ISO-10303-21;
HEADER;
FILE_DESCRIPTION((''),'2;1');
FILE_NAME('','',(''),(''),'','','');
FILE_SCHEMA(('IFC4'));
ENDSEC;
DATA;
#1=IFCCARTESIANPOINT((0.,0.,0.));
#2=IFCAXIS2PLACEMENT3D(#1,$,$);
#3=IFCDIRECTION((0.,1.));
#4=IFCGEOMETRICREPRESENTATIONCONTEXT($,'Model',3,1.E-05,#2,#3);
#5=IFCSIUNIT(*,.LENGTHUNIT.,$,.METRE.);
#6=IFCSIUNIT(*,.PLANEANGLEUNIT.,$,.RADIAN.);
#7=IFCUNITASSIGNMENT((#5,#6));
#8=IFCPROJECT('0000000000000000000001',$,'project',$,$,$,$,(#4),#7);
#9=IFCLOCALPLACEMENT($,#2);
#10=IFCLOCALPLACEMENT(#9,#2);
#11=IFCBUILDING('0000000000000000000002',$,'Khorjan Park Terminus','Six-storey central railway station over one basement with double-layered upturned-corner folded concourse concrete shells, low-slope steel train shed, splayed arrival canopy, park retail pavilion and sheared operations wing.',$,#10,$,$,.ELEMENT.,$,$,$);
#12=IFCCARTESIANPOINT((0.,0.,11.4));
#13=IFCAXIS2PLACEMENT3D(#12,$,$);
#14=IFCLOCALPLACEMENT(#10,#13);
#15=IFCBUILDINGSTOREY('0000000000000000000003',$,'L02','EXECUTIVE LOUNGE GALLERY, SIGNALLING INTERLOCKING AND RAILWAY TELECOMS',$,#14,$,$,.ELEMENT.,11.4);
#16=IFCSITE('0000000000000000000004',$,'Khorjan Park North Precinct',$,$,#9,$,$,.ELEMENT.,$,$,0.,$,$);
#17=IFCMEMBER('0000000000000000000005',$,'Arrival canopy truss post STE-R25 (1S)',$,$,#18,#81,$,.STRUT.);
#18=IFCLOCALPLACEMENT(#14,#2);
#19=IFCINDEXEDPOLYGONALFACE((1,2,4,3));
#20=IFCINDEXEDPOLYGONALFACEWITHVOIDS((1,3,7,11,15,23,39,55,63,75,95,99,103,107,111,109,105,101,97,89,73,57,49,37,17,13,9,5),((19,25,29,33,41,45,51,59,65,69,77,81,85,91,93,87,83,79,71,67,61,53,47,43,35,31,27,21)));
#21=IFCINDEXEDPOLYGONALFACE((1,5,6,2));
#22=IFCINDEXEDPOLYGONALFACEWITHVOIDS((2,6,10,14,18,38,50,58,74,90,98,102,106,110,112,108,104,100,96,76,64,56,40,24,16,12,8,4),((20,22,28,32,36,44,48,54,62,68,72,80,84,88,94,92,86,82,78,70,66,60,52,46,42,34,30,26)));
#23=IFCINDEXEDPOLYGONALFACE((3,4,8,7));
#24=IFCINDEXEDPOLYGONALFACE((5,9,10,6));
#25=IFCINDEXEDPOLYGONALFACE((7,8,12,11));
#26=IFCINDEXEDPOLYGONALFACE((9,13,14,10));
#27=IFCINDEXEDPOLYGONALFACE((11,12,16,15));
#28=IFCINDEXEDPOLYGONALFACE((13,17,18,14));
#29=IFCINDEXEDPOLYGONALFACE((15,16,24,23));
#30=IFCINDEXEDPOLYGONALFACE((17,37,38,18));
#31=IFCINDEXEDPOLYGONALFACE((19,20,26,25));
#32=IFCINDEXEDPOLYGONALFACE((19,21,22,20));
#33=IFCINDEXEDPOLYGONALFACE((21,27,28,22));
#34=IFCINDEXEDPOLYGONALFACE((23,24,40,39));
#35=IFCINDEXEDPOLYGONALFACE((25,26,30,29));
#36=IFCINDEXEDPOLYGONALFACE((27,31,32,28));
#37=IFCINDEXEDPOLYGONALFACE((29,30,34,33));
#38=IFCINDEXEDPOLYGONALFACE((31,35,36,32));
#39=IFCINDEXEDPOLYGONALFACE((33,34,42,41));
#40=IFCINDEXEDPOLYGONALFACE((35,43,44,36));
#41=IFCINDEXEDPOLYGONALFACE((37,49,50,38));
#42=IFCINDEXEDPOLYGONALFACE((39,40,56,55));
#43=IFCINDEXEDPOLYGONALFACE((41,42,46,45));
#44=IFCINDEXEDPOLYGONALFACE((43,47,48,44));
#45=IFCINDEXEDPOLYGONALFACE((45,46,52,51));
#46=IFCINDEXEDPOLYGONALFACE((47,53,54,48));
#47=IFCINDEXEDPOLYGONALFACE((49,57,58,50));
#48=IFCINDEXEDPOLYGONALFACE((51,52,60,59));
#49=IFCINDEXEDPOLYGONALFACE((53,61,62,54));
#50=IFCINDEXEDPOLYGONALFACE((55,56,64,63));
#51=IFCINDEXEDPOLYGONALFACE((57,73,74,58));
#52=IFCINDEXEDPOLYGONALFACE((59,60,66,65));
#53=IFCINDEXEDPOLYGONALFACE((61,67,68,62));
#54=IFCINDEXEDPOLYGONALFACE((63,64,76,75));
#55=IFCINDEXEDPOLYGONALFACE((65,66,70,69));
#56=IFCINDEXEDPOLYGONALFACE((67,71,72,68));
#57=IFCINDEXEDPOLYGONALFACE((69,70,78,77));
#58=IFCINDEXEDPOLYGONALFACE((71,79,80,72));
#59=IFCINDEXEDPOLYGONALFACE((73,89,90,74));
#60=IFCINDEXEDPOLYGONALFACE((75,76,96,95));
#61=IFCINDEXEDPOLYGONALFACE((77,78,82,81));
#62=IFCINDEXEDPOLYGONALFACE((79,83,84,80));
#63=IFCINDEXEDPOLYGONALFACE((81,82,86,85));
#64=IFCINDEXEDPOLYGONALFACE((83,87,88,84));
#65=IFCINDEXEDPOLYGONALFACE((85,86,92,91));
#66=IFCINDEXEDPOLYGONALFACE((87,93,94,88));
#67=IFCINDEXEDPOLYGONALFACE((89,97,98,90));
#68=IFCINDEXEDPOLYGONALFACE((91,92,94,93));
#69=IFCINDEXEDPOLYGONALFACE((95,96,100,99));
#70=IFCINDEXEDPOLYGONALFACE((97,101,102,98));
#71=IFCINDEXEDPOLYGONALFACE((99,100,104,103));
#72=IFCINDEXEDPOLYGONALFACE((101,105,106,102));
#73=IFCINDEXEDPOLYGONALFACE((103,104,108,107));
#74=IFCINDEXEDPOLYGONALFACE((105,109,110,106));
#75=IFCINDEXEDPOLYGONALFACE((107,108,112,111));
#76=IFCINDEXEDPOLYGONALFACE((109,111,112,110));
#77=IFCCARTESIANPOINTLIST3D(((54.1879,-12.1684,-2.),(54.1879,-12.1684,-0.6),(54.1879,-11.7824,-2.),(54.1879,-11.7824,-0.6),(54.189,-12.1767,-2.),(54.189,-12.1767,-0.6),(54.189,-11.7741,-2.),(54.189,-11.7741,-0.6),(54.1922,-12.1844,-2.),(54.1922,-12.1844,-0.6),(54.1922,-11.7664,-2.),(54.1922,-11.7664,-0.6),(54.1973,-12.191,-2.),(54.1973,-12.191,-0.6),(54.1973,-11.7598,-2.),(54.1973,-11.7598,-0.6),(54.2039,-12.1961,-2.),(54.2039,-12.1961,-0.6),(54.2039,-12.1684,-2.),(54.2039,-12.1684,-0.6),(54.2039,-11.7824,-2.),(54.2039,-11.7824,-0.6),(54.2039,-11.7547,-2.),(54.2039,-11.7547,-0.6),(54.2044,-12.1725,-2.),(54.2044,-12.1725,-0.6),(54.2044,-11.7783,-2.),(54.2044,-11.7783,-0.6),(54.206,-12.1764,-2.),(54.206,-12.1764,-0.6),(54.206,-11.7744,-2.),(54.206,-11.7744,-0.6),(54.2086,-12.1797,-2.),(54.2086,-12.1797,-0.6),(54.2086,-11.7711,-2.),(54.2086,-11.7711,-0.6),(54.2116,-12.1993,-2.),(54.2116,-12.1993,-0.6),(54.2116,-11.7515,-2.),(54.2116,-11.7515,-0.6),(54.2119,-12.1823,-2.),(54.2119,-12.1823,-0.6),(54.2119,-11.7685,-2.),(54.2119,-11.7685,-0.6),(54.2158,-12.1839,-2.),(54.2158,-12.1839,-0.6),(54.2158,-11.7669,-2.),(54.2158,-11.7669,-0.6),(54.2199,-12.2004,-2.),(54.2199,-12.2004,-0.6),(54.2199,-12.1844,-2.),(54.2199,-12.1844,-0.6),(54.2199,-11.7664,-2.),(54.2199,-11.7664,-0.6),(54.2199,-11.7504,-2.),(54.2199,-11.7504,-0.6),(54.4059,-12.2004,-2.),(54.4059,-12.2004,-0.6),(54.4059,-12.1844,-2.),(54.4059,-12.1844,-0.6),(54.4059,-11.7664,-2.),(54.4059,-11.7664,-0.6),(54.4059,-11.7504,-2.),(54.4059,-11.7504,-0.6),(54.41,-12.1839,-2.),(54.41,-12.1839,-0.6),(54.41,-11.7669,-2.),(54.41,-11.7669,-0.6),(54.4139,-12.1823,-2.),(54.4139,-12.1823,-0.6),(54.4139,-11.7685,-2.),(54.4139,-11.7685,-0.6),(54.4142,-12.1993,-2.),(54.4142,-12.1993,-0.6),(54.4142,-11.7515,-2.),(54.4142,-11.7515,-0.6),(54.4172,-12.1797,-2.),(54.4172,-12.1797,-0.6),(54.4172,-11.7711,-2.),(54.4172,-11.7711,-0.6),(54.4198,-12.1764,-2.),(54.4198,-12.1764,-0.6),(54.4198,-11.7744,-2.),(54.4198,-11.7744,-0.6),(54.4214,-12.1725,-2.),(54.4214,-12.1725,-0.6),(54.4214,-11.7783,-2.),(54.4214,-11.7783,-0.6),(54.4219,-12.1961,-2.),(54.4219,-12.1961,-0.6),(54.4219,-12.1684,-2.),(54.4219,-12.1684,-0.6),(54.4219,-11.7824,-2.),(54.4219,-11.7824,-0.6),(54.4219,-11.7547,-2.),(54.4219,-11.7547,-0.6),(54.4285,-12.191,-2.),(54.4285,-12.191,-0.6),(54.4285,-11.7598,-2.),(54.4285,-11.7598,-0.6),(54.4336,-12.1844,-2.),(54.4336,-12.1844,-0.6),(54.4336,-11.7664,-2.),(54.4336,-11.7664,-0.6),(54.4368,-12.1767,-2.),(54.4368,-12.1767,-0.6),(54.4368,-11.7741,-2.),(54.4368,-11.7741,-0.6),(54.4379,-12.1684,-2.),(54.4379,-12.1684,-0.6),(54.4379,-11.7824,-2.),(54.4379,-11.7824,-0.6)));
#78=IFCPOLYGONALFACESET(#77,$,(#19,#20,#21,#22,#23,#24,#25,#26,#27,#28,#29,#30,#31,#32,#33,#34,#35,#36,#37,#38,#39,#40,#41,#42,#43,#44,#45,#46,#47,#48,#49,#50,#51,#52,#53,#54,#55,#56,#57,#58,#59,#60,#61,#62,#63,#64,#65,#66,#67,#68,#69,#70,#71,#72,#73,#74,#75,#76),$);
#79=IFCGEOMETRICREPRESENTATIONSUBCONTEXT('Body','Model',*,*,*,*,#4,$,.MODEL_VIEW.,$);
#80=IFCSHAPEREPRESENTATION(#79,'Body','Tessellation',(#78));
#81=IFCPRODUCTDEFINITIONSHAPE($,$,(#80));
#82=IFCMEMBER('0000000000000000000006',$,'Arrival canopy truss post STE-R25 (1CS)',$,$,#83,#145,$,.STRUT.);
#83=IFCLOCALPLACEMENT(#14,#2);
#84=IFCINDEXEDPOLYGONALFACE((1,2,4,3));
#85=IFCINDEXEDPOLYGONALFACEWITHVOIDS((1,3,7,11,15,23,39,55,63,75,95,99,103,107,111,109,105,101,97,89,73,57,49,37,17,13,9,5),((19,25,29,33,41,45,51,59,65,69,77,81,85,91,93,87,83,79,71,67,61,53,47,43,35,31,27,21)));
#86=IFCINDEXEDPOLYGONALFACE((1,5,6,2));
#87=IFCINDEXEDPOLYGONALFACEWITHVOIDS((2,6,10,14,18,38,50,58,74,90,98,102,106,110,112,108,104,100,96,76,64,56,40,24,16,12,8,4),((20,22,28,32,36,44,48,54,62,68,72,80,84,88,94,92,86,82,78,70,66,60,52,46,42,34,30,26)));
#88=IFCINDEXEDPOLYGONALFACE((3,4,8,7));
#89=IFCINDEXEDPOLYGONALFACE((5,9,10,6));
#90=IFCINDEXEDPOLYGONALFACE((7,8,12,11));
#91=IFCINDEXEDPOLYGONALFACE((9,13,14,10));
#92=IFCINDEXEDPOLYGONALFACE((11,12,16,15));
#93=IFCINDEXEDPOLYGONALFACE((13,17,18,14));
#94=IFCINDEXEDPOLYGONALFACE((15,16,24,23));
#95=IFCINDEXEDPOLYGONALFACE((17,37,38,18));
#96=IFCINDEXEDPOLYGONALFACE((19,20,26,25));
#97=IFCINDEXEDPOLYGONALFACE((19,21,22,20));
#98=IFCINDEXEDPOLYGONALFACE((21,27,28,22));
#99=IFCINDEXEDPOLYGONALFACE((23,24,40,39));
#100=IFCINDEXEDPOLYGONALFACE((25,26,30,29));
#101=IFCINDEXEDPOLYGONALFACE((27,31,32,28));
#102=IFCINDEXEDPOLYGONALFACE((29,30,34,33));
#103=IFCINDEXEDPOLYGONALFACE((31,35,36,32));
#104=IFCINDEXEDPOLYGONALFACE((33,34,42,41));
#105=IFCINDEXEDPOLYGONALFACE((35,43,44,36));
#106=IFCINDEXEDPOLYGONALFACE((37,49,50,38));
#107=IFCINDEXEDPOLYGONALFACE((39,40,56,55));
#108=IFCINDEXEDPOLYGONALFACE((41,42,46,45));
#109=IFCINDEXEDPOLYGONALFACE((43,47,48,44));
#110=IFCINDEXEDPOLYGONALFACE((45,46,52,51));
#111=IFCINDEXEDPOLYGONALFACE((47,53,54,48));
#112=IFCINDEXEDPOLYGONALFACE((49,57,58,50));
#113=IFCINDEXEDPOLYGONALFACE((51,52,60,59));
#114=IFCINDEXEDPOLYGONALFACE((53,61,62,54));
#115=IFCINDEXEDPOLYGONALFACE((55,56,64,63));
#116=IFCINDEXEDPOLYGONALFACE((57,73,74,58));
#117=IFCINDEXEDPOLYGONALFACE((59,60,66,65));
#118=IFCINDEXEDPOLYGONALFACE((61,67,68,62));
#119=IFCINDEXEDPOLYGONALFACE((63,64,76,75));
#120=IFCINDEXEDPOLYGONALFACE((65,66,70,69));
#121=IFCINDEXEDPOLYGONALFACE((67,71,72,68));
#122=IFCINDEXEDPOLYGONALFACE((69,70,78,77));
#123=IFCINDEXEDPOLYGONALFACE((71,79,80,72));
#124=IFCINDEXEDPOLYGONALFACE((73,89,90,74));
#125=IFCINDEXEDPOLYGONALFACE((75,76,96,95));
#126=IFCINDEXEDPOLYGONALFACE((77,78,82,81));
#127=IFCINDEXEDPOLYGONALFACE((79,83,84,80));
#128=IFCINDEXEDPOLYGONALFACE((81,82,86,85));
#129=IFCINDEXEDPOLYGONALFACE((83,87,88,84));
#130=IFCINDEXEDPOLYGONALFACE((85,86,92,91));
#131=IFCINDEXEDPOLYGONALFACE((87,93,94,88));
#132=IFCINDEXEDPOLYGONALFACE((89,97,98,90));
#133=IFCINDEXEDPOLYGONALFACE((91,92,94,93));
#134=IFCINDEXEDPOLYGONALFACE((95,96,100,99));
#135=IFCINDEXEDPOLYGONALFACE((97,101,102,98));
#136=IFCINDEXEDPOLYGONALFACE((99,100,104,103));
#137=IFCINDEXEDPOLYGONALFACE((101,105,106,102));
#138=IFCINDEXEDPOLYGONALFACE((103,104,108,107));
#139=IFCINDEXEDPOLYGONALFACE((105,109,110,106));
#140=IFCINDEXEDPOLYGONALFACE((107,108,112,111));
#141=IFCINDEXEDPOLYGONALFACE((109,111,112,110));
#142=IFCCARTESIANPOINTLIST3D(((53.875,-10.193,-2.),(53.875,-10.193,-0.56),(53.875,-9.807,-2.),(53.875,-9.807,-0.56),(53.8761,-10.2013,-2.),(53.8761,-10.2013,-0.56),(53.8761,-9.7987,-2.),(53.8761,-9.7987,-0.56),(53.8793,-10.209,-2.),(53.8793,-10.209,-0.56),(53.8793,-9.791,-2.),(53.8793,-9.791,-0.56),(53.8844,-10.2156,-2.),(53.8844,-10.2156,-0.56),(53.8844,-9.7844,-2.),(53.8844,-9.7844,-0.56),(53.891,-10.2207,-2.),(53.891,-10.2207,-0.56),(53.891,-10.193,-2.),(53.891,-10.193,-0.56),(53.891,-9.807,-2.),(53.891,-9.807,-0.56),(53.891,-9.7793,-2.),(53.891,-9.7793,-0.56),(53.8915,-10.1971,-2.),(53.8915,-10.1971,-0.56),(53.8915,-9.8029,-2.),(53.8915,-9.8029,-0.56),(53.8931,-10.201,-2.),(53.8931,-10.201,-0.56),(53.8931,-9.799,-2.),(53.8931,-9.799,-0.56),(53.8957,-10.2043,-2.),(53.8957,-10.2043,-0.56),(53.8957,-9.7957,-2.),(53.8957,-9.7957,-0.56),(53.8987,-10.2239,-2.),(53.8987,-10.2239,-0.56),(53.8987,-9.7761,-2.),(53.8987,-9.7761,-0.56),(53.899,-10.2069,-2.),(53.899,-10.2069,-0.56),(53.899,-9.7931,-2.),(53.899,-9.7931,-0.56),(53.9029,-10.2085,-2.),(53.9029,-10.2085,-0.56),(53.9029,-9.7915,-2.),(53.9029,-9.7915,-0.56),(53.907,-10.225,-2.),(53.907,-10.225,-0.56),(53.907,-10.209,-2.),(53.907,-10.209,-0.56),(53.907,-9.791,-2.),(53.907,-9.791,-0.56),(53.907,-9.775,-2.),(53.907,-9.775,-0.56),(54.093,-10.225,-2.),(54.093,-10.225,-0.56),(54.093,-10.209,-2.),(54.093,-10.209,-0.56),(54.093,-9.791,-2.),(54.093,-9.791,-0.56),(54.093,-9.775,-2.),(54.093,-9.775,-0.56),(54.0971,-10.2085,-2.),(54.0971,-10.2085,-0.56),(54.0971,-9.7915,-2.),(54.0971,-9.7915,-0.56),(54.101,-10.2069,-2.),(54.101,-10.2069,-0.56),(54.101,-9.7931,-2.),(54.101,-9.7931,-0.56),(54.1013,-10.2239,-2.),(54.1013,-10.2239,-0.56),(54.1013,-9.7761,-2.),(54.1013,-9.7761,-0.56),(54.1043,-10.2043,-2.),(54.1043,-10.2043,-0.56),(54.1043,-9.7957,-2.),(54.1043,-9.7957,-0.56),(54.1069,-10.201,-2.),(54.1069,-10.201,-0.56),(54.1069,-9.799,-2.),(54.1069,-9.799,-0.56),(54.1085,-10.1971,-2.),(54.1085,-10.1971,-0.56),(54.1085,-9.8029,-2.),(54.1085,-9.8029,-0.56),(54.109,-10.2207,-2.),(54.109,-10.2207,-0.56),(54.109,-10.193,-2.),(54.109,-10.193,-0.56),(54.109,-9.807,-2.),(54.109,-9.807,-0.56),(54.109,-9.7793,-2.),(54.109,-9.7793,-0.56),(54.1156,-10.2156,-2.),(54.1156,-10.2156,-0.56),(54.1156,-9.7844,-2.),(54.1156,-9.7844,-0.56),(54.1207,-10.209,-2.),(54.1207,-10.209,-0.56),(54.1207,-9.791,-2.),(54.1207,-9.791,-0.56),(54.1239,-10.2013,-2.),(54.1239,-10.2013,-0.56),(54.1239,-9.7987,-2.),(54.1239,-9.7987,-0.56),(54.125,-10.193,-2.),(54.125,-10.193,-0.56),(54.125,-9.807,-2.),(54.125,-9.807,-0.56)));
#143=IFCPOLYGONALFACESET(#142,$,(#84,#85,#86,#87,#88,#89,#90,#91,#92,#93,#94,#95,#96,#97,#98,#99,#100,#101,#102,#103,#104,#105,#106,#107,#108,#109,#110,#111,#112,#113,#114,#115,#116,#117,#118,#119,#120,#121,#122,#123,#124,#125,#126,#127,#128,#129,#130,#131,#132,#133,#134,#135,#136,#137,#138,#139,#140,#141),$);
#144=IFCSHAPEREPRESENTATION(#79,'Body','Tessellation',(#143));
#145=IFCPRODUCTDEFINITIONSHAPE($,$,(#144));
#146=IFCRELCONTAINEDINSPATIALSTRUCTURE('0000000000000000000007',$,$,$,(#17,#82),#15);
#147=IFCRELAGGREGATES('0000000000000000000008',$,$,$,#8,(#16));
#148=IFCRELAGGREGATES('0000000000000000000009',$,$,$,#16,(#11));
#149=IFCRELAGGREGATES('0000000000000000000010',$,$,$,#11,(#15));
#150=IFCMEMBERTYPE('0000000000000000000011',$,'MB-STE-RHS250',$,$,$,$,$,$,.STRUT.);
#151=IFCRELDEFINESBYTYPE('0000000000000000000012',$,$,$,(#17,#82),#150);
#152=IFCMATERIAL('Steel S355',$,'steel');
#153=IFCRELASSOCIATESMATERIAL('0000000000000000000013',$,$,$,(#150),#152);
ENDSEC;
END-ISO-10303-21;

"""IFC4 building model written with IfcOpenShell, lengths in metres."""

from ifc_helpers import new_model, si_unit, direction, frame, origin, origin_2d, place, context, subcontext, project, spatial, hollow_rectangle, extrude, material, material_profile, profile_set, type_object, element, save


model = new_model("IFC4")

# Units and contexts
model_context = context("Model", 3, precision=1e-05, world=origin(), true_north=direction((0.0, 1.0)))
body_context = subcontext(model_context, "Body", "Model", "MODEL_VIEW")
ifc_project = project(units=[si_unit("LENGTHUNIT", "METRE"), si_unit("PLANEANGLEUNIT", "RADIAN")], contexts=[model_context])

# Site, building, storey
site_placement = place(None, origin())
site = spatial("IfcSite", under=ifc_project, at=site_placement, Name="Khorjan Park North Precinct", CompositionType="ELEMENT", RefElevation=0.0)
building_placement = place(site_placement, origin())
building = spatial("IfcBuilding", under=site, at=building_placement, Name="Khorjan Park Terminus", Description="Six-storey central railway station over one basement with double-layered upturned-corner folded concourse concrete shells, low-slope steel train shed, splayed arrival canopy, park retail pavilion and sheared operations wing.", CompositionType="ELEMENT")
storey_placement = place(building_placement, frame((0.0, 0.0, 11.4)))
storey = spatial("IfcBuildingStorey", under=building, at=storey_placement, Name="L02", Description="EXECUTIVE LOUNGE GALLERY, SIGNALLING INTERLOCKING AND RAILWAY TELECOMS", CompositionType="ELEMENT", Elevation=11.4)

# Members
ifc_material_1 = material(Name="Steel S355", Category="steel")
ifc_material_profile_1 = material_profile(ifc_material_1, hollow_rectangle(XDim=0.25, YDim=0.45, WallThickness=0.016, InnerFilletRadius=0.016, OuterFilletRadius=0.032, at=origin_2d()), Name="RHS 450x250x16")
ifc_profile_set_1 = profile_set([ifc_material_profile_1], Name="Steel S355")
member_type_1 = type_object("IfcMemberType", Name="MB-STE-RHS250", PredefinedType="STRUT", material=ifc_profile_set_1)
member_1_placement = place(storey_placement, frame((54.3129, -11.9754, -2.0), z_axis=(0.0, 0.0, 1.0), x_axis=(1.0, 0.0, 0.0)))
element("IfcMember", 1, at=member_1_placement, inside=storey, type_object=member_type_1, Name="Arrival canopy truss post STE-R25 (1S)", PredefinedType="STRUT", context=body_context, shape_type="SweptSolid", body=[
    extrude(hollow_rectangle(XDim=0.25, YDim=0.45, WallThickness=0.016, InnerFilletRadius=0.016, OuterFilletRadius=0.032, at=origin_2d()), origin(), (0.0, 0.0, 1.0), 1.4),
])
member_2_placement = place(storey_placement, frame((54.0, -10.0, -2.0), z_axis=(0.0, 0.0, 1.0), x_axis=(1.0, 0.0, 0.0)))
element("IfcMember", 2, at=member_2_placement, inside=storey, type_object=member_type_1, Name="Arrival canopy truss post STE-R25 (1CS)", PredefinedType="STRUT", context=body_context, shape_type="SweptSolid", body=[
    extrude(hollow_rectangle(XDim=0.25, YDim=0.45, WallThickness=0.016, InnerFilletRadius=0.016, OuterFilletRadius=0.032, at=origin_2d()), origin(), (0.0, 0.0, 1.0), 1.44),
])

save(model, "model.ifc")
